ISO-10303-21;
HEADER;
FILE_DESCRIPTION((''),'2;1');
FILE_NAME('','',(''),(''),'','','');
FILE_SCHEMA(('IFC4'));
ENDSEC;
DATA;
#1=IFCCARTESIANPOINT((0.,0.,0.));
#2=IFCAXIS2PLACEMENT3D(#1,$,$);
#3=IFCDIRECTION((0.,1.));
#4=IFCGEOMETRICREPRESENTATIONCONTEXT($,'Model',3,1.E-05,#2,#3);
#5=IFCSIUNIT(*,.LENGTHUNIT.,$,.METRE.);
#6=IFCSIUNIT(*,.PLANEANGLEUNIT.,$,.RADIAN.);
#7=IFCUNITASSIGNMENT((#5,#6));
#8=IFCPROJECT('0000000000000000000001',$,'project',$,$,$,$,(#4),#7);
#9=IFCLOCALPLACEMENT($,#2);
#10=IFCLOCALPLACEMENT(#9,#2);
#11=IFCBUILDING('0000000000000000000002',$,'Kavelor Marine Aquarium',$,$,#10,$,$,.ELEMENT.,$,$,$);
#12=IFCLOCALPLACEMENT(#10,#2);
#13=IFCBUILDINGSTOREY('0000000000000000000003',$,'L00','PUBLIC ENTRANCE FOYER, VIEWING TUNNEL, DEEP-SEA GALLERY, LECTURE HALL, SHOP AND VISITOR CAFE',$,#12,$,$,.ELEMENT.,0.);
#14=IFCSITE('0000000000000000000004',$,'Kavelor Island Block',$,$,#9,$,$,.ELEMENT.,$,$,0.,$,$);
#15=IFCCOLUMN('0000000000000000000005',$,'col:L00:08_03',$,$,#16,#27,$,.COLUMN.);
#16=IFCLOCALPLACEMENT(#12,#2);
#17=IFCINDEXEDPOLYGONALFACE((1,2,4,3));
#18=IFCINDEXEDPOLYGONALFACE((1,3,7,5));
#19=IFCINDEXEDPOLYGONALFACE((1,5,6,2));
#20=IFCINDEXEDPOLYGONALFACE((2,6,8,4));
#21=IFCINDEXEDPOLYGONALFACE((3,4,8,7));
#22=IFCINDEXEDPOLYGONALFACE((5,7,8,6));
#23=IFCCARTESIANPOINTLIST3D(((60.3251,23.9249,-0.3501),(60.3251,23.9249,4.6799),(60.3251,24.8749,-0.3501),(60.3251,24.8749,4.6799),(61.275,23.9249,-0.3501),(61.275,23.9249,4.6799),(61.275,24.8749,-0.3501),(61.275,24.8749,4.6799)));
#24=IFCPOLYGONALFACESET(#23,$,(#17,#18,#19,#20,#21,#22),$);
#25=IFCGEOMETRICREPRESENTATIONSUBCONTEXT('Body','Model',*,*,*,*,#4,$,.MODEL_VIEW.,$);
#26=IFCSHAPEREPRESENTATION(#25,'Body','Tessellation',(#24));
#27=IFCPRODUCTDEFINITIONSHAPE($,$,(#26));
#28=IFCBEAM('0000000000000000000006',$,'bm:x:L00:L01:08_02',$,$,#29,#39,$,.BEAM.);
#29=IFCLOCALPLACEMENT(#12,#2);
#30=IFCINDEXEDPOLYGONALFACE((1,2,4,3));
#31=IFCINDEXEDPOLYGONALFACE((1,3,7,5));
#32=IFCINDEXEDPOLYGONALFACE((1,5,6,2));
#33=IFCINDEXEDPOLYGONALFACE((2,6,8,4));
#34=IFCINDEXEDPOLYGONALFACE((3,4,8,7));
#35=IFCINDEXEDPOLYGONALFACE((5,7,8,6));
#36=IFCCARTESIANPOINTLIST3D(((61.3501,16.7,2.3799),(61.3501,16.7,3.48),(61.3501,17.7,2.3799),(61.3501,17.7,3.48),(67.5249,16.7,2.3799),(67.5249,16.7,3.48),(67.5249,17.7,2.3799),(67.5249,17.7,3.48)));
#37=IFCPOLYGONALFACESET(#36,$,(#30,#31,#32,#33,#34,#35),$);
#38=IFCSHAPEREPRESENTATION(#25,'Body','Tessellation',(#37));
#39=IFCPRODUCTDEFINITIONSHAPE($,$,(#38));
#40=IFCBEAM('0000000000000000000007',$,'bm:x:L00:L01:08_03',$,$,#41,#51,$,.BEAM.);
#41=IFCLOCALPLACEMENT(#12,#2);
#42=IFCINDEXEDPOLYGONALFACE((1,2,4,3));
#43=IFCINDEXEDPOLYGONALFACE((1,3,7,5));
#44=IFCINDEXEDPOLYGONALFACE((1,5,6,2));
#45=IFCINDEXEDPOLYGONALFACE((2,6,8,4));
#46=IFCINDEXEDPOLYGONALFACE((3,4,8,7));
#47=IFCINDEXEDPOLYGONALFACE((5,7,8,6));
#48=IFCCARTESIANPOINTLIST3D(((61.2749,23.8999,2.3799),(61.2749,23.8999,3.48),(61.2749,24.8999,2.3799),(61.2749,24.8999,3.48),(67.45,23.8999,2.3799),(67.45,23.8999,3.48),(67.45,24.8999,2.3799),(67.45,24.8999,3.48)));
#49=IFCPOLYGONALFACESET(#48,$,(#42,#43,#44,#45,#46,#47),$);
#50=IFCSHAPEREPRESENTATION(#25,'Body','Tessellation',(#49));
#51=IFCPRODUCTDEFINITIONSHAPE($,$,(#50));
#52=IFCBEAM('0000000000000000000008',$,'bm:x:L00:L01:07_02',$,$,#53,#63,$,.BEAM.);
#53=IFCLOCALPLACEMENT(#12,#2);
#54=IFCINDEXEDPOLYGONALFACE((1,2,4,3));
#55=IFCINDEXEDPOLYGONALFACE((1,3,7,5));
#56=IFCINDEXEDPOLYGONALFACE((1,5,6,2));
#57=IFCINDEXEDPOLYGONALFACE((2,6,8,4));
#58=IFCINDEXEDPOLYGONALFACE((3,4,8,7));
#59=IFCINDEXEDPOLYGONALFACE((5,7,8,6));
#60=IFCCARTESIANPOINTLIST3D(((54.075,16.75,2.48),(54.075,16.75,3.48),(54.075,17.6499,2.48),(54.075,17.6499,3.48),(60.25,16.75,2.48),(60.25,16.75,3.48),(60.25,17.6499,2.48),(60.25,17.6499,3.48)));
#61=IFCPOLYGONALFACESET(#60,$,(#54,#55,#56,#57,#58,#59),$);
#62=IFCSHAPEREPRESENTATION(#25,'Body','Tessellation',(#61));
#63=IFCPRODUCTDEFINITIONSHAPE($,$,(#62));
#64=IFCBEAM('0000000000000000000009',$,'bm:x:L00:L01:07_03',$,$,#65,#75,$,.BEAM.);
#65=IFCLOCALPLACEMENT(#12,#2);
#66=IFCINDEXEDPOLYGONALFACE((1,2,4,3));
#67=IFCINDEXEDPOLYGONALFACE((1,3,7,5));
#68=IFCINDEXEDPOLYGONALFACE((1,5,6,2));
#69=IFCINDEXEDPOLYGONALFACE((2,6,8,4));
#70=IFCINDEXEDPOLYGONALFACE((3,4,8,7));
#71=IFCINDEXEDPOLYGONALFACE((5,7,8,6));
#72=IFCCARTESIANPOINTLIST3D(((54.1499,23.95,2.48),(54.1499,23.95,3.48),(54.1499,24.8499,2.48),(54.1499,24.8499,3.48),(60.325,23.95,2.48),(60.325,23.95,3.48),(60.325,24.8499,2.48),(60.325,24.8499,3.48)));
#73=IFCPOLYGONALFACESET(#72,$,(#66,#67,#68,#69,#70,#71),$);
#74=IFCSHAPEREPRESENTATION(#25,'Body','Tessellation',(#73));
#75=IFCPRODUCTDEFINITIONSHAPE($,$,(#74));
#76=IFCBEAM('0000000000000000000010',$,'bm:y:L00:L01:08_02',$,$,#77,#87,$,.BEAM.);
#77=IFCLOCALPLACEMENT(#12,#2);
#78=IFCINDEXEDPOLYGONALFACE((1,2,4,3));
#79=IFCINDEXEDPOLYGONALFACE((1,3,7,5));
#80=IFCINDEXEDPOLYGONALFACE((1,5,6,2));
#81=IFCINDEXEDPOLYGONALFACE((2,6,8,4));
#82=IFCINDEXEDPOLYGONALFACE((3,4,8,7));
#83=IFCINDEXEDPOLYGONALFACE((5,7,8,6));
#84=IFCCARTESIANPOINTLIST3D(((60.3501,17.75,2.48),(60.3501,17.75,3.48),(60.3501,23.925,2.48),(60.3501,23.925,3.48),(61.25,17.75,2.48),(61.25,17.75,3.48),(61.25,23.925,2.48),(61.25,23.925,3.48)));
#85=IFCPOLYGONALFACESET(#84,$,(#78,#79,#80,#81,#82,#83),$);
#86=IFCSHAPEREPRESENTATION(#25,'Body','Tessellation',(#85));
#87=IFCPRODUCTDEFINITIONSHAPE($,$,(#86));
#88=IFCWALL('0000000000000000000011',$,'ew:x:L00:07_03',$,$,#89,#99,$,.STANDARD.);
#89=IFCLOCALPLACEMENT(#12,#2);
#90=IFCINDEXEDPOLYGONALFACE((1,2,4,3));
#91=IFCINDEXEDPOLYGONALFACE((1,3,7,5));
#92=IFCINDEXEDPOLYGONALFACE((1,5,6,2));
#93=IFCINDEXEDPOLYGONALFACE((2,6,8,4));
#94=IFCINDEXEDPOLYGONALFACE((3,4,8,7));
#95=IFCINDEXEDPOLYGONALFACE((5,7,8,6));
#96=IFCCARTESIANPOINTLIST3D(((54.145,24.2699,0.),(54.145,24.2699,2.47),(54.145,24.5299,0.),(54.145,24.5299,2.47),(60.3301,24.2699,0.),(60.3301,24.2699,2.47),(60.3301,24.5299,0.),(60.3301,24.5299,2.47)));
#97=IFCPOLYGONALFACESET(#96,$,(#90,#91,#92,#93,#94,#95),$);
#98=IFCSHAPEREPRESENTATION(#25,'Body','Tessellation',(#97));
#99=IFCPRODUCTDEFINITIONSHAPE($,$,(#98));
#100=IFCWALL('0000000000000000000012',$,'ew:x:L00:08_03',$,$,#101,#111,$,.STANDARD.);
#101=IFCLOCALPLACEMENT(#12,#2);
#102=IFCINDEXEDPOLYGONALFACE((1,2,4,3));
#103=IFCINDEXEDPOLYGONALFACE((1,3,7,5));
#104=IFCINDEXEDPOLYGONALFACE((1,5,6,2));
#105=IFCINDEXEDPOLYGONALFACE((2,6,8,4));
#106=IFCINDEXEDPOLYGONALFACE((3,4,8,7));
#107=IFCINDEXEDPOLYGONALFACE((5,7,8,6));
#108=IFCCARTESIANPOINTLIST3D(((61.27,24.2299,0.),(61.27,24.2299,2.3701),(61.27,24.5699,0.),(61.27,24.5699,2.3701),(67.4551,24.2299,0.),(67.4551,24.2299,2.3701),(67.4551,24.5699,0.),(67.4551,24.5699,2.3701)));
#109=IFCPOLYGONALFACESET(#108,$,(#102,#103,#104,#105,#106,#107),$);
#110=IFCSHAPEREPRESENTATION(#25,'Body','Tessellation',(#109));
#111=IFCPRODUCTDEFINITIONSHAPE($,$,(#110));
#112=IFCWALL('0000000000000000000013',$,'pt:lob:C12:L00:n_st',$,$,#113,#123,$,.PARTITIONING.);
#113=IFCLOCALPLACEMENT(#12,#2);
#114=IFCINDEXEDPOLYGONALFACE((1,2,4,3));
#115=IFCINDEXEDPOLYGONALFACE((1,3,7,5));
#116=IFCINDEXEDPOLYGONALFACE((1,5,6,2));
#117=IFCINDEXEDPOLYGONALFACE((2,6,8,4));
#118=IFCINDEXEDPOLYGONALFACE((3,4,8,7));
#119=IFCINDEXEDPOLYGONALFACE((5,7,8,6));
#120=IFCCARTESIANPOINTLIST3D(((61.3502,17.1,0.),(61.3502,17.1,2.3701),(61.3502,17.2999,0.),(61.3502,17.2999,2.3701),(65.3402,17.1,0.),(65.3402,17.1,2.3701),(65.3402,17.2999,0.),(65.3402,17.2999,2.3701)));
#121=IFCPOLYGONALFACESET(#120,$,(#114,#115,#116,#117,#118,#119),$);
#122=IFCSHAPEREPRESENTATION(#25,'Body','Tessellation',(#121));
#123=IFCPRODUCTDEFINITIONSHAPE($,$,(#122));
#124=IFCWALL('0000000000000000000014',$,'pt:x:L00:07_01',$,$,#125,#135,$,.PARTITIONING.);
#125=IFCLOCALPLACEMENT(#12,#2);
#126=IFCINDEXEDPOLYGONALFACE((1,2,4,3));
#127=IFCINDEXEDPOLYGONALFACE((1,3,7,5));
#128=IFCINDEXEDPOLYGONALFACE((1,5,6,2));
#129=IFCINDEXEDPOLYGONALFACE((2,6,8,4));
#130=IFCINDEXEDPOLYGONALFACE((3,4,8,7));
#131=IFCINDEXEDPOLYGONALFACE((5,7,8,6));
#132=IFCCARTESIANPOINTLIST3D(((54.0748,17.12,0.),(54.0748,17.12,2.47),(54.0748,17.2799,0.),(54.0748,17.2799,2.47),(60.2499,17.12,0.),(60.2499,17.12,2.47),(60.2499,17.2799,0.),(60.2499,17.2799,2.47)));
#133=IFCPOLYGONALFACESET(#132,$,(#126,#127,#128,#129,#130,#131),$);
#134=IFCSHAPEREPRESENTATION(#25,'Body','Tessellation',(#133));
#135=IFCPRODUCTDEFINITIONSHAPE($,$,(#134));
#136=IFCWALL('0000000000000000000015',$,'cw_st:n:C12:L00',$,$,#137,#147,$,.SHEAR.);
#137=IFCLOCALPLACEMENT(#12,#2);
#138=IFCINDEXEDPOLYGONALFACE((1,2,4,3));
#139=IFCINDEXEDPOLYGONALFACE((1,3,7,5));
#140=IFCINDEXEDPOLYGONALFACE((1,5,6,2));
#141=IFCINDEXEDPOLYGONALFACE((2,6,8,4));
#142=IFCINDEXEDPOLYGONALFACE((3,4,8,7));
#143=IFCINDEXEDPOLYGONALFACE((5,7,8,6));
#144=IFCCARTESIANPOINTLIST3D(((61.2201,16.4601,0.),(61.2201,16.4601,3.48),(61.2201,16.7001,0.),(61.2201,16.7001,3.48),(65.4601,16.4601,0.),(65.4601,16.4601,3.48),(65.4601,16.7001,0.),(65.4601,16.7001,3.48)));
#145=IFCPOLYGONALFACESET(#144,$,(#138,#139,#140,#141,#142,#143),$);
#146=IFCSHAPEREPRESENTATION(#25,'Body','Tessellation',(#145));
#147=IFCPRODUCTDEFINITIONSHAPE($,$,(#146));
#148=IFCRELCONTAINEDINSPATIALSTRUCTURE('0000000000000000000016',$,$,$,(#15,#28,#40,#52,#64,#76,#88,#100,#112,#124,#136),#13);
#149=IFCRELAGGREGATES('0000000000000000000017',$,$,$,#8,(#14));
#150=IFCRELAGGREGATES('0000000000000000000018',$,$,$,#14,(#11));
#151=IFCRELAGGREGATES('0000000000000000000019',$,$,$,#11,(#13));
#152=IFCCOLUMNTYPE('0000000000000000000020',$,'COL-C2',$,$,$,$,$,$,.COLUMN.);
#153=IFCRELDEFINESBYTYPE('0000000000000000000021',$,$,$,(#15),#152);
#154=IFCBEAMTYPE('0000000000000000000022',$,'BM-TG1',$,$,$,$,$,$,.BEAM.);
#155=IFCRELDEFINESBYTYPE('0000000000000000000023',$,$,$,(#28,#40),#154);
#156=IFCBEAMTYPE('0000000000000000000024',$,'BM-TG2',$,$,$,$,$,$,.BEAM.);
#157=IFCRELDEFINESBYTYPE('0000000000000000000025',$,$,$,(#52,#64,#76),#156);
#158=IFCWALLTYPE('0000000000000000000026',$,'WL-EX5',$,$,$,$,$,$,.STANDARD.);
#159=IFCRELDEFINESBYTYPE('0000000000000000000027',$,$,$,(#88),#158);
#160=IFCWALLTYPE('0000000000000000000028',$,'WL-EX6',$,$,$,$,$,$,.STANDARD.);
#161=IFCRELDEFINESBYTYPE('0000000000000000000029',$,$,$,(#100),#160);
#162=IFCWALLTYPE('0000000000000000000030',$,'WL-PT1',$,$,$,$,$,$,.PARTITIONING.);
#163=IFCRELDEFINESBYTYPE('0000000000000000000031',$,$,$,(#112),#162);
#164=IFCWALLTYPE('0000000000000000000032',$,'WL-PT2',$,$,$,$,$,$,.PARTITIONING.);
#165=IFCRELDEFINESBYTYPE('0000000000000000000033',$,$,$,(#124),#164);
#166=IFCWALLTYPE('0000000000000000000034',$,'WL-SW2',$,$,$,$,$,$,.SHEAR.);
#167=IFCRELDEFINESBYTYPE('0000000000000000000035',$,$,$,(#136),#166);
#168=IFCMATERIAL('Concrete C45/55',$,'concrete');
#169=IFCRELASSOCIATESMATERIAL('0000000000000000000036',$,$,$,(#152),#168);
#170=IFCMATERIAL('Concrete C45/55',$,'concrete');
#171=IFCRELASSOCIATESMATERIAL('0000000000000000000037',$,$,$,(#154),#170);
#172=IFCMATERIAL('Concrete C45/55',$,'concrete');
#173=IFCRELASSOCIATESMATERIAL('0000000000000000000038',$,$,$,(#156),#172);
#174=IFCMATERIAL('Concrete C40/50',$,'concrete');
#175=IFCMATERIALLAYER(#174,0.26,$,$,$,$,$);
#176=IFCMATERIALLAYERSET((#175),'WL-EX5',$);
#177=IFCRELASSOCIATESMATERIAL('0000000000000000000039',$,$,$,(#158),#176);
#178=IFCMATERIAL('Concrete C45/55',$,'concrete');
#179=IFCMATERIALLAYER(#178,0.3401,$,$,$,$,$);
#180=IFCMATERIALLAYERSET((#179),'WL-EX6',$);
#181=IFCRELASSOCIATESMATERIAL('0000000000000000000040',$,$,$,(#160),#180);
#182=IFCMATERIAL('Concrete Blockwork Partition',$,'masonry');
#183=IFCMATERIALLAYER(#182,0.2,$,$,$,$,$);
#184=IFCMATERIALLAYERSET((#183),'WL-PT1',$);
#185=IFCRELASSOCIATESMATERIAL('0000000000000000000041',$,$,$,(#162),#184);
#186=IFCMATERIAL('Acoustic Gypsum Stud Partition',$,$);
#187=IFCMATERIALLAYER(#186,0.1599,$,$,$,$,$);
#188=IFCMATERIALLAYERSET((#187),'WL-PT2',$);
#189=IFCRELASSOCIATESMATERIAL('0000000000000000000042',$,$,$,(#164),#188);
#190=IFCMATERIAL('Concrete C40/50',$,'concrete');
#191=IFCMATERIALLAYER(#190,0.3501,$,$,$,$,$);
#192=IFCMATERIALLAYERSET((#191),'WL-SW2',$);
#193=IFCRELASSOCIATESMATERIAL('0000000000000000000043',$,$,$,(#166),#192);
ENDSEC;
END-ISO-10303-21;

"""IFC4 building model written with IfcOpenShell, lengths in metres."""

from ifc_helpers import new_model, si_unit, direction, frame, frame_2d, origin, origin_2d, place, context, subcontext, project, spatial, rectangle, extrude, material, layer, layer_set, material_profile, profile_set, type_object, element, save


model = new_model("IFC4")

# Units and contexts
model_context = context("Model", 3, precision=1e-05, world=origin(), true_north=direction((0.0, 1.0)))
body_context = subcontext(model_context, "Body", "Model", "MODEL_VIEW")
ifc_project = project(units=[si_unit("LENGTHUNIT", "METRE"), si_unit("PLANEANGLEUNIT", "RADIAN")], contexts=[model_context])

# Site, building, storey
site_placement = place(None, origin())
site = spatial("IfcSite", under=ifc_project, at=site_placement, Name="Kavelor Island Block", CompositionType="ELEMENT", RefElevation=0.0)
building_placement = place(site_placement, origin())
building = spatial("IfcBuilding", under=site, at=building_placement, Name="Kavelor Marine Aquarium", CompositionType="ELEMENT")
storey_placement = place(building_placement, origin())
storey = spatial("IfcBuildingStorey", under=building, at=storey_placement, Name="L00", Description="PUBLIC ENTRANCE FOYER, VIEWING TUNNEL, DEEP-SEA GALLERY, LECTURE HALL, SHOP AND VISITOR CAFE", CompositionType="ELEMENT", Elevation=0.0)

# Column
ifc_material_1 = material(Name="Concrete C45/55", Category="concrete")
ifc_material_profile_1 = material_profile(ifc_material_1, rectangle(XDim=0.95, YDim=0.95, at=origin_2d()), Name="RC-COL 950x950")
ifc_profile_set_1 = profile_set([ifc_material_profile_1], Name="Concrete C45/55")
column_type_1 = type_object("IfcColumnType", Name="COL-C2", PredefinedType="COLUMN", material=ifc_profile_set_1)
column_1_placement = place(storey_placement, frame((60.8, 24.3999, -0.3501), z_axis=(0.0, 0.0, 1.0), x_axis=(1.0, 0.0, 0.0)))
element("IfcColumn", 1, at=column_1_placement, inside=storey, type_object=column_type_1, Name="col:L00:08_03", PredefinedType="COLUMN", context=body_context, shape_type="SweptSolid", body=[
    extrude(rectangle(XDim=0.95, YDim=0.95, at=origin_2d()), origin(), (0.0, 0.0, 1.0), 5.03),
])

# Beams
ifc_material_2 = material(Name="Concrete C45/55", Category="concrete")
ifc_material_profile_2 = material_profile(ifc_material_2, rectangle(XDim=1.0, YDim=1.1001, at=origin_2d()), Name="RC-TG 1000x1100")
ifc_profile_set_2 = profile_set([ifc_material_profile_2], Name="Concrete C45/55")
beam_type_1 = type_object("IfcBeamType", Name="BM-TG1", PredefinedType="BEAM", material=ifc_profile_set_2)
beam_1_placement = place(storey_placement, frame((61.3501, 17.2, 2.9299), z_axis=(1.0, 0.0, 0.0), x_axis=(0.0, 1.0, 0.0)))
element("IfcBeam", 2, at=beam_1_placement, inside=storey, type_object=beam_type_1, Name="bm:x:L00:L01:08_02", PredefinedType="BEAM", context=body_context, shape_type="SweptSolid", body=[
    extrude(rectangle(XDim=1.0, YDim=1.1001, at=origin_2d()), origin(), (0.0, 0.0, 1.0), 6.1748),
])
beam_2_placement = place(storey_placement, frame((61.2749, 24.3999, 2.9299), z_axis=(1.0, 0.0, 0.0), x_axis=(0.0, 1.0, 0.0)))
element("IfcBeam", 3, at=beam_2_placement, inside=storey, type_object=beam_type_1, Name="bm:x:L00:L01:08_03", PredefinedType="BEAM", context=body_context, shape_type="SweptSolid", body=[
    extrude(rectangle(XDim=1.0, YDim=1.1001, at=origin_2d()), origin(), (0.0, 0.0, 1.0), 6.175),
])
ifc_material_3 = material(Name="Concrete C45/55", Category="concrete")
ifc_material_profile_3 = material_profile(ifc_material_3, rectangle(XDim=0.8999, YDim=1.0, at=origin_2d()), Name="RC-TG 900x1000")
ifc_profile_set_3 = profile_set([ifc_material_profile_3], Name="Concrete C45/55")
beam_type_2 = type_object("IfcBeamType", Name="BM-TG2", PredefinedType="BEAM", material=ifc_profile_set_3)
for number, where, z_axis, x_axis, name in (
    (4, (54.075, 17.2, 2.98), (1.0, 0.0, 0.0), (0.0, 1.0, 0.0), "bm:x:L00:L01:07_02"),
    (5, (54.1499, 24.3999, 2.98), (1.0, 0.0, 0.0), (0.0, 1.0, 0.0), "bm:x:L00:L01:07_03"),
    (6, (60.8, 17.75, 2.98), (0.0, 1.0, 0.0), (-1.0, 0.0, 0.0), "bm:y:L00:L01:08_02"),
):
    element("IfcBeam", number, at=place(storey_placement, frame(where, z_axis=z_axis, x_axis=x_axis)), inside=storey, type_object=beam_type_2, Name=name, PredefinedType="BEAM", context=body_context, shape_type="SweptSolid", body=[
        extrude(rectangle(XDim=0.8999, YDim=1.0, at=origin_2d()), origin(), (0.0, 0.0, 1.0), 6.175),
    ])

# Walls
ifc_material_4 = material(Name="Concrete C40/50", Category="concrete")
ifc_layer_1 = layer(ifc_material_4, 0.26)
ifc_layer_set_1 = layer_set([ifc_layer_1], Name="WL-EX5")
wall_type_1 = type_object("IfcWallType", Name="WL-EX5", PredefinedType="STANDARD", material=ifc_layer_set_1)
wall_1_placement = place(storey_placement, frame((54.145, 24.3999, 0.0), z_axis=(0.0, 0.0, 1.0), x_axis=(1.0, 0.0, 0.0)))
element("IfcWall", 7, at=wall_1_placement, inside=storey, type_object=wall_type_1, Name="ew:x:L00:07_03", PredefinedType="STANDARD", context=body_context, shape_type="SweptSolid", body=[
    extrude(rectangle(XDim=6.1851, YDim=0.26, at=frame_2d((3.0925, 0.0))), origin(), (0.0, 0.0, 1.0), 2.47),
])
ifc_material_5 = material(Name="Concrete C45/55", Category="concrete")
ifc_layer_2 = layer(ifc_material_5, 0.3401)
ifc_layer_set_2 = layer_set([ifc_layer_2], Name="WL-EX6")
wall_type_2 = type_object("IfcWallType", Name="WL-EX6", PredefinedType="STANDARD", material=ifc_layer_set_2)
wall_2_placement = place(storey_placement, frame((61.27, 24.3999, 0.0), z_axis=(0.0, 0.0, 1.0), x_axis=(1.0, 0.0, 0.0)))
element("IfcWall", 8, at=wall_2_placement, inside=storey, type_object=wall_type_2, Name="ew:x:L00:08_03", PredefinedType="STANDARD", context=body_context, shape_type="SweptSolid", body=[
    extrude(rectangle(XDim=6.1851, YDim=0.3401, at=frame_2d((3.0925, 0.0))), origin(), (0.0, 0.0, 1.0), 2.3701),
])
ifc_material_6 = material(Name="Concrete Blockwork Partition", Category="masonry")
ifc_layer_3 = layer(ifc_material_6, 0.2)
ifc_layer_set_3 = layer_set([ifc_layer_3], Name="WL-PT1")
wall_type_3 = type_object("IfcWallType", Name="WL-PT1", PredefinedType="PARTITIONING", material=ifc_layer_set_3)
wall_3_placement = place(storey_placement, frame((61.3501, 17.2, 0.0), z_axis=(0.0, 0.0, 1.0), x_axis=(1.0, 0.0, 0.0)))
element("IfcWall", 9, at=wall_3_placement, inside=storey, type_object=wall_type_3, Name="pt:lob:C12:L00:n_st", PredefinedType="PARTITIONING", context=body_context, shape_type="SweptSolid", body=[
    extrude(rectangle(XDim=3.99, YDim=0.2, at=frame_2d((1.9951, 0.0))), origin(), (0.0, 0.0, 1.0), 2.3701),
])
ifc_material_7 = material(Name="Acoustic Gypsum Stud Partition")
ifc_layer_4 = layer(ifc_material_7, 0.1599)
ifc_layer_set_4 = layer_set([ifc_layer_4], Name="WL-PT2")
wall_type_4 = type_object("IfcWallType", Name="WL-PT2", PredefinedType="PARTITIONING", material=ifc_layer_set_4)
wall_4_placement = place(storey_placement, frame((54.075, 17.2, 0.0), z_axis=(0.0, 0.0, 1.0), x_axis=(1.0, 0.0, 0.0)))
element("IfcWall", 10, at=wall_4_placement, inside=storey, type_object=wall_type_4, Name="pt:x:L00:07_01", PredefinedType="PARTITIONING", context=body_context, shape_type="SweptSolid", body=[
    extrude(rectangle(XDim=6.175, YDim=0.1599, at=frame_2d((3.0874, 0.0))), origin(), (0.0, 0.0, 1.0), 2.47),
])
ifc_material_8 = material(Name="Concrete C40/50", Category="concrete")
ifc_layer_5 = layer(ifc_material_8, 0.3501)
ifc_layer_set_5 = layer_set([ifc_layer_5], Name="WL-SW2")
wall_type_5 = type_object("IfcWallType", Name="WL-SW2", PredefinedType="SHEAR", material=ifc_layer_set_5)
wall_5_placement = place(storey_placement, frame((61.22, 16.5801, 0.0), z_axis=(0.0, 0.0, 1.0), x_axis=(1.0, 0.0, 0.0)))
element("IfcWall", 11, at=wall_5_placement, inside=storey, type_object=wall_type_5, Name="cw_st:n:C12:L00", PredefinedType="SHEAR", context=body_context, shape_type="SweptSolid", body=[
    extrude(rectangle(XDim=4.24, YDim=0.24, at=frame_2d((2.1201, 0.0))), origin(), (0.0, 0.0, 1.0), 3.48),
])

save(model, "model.ifc")
